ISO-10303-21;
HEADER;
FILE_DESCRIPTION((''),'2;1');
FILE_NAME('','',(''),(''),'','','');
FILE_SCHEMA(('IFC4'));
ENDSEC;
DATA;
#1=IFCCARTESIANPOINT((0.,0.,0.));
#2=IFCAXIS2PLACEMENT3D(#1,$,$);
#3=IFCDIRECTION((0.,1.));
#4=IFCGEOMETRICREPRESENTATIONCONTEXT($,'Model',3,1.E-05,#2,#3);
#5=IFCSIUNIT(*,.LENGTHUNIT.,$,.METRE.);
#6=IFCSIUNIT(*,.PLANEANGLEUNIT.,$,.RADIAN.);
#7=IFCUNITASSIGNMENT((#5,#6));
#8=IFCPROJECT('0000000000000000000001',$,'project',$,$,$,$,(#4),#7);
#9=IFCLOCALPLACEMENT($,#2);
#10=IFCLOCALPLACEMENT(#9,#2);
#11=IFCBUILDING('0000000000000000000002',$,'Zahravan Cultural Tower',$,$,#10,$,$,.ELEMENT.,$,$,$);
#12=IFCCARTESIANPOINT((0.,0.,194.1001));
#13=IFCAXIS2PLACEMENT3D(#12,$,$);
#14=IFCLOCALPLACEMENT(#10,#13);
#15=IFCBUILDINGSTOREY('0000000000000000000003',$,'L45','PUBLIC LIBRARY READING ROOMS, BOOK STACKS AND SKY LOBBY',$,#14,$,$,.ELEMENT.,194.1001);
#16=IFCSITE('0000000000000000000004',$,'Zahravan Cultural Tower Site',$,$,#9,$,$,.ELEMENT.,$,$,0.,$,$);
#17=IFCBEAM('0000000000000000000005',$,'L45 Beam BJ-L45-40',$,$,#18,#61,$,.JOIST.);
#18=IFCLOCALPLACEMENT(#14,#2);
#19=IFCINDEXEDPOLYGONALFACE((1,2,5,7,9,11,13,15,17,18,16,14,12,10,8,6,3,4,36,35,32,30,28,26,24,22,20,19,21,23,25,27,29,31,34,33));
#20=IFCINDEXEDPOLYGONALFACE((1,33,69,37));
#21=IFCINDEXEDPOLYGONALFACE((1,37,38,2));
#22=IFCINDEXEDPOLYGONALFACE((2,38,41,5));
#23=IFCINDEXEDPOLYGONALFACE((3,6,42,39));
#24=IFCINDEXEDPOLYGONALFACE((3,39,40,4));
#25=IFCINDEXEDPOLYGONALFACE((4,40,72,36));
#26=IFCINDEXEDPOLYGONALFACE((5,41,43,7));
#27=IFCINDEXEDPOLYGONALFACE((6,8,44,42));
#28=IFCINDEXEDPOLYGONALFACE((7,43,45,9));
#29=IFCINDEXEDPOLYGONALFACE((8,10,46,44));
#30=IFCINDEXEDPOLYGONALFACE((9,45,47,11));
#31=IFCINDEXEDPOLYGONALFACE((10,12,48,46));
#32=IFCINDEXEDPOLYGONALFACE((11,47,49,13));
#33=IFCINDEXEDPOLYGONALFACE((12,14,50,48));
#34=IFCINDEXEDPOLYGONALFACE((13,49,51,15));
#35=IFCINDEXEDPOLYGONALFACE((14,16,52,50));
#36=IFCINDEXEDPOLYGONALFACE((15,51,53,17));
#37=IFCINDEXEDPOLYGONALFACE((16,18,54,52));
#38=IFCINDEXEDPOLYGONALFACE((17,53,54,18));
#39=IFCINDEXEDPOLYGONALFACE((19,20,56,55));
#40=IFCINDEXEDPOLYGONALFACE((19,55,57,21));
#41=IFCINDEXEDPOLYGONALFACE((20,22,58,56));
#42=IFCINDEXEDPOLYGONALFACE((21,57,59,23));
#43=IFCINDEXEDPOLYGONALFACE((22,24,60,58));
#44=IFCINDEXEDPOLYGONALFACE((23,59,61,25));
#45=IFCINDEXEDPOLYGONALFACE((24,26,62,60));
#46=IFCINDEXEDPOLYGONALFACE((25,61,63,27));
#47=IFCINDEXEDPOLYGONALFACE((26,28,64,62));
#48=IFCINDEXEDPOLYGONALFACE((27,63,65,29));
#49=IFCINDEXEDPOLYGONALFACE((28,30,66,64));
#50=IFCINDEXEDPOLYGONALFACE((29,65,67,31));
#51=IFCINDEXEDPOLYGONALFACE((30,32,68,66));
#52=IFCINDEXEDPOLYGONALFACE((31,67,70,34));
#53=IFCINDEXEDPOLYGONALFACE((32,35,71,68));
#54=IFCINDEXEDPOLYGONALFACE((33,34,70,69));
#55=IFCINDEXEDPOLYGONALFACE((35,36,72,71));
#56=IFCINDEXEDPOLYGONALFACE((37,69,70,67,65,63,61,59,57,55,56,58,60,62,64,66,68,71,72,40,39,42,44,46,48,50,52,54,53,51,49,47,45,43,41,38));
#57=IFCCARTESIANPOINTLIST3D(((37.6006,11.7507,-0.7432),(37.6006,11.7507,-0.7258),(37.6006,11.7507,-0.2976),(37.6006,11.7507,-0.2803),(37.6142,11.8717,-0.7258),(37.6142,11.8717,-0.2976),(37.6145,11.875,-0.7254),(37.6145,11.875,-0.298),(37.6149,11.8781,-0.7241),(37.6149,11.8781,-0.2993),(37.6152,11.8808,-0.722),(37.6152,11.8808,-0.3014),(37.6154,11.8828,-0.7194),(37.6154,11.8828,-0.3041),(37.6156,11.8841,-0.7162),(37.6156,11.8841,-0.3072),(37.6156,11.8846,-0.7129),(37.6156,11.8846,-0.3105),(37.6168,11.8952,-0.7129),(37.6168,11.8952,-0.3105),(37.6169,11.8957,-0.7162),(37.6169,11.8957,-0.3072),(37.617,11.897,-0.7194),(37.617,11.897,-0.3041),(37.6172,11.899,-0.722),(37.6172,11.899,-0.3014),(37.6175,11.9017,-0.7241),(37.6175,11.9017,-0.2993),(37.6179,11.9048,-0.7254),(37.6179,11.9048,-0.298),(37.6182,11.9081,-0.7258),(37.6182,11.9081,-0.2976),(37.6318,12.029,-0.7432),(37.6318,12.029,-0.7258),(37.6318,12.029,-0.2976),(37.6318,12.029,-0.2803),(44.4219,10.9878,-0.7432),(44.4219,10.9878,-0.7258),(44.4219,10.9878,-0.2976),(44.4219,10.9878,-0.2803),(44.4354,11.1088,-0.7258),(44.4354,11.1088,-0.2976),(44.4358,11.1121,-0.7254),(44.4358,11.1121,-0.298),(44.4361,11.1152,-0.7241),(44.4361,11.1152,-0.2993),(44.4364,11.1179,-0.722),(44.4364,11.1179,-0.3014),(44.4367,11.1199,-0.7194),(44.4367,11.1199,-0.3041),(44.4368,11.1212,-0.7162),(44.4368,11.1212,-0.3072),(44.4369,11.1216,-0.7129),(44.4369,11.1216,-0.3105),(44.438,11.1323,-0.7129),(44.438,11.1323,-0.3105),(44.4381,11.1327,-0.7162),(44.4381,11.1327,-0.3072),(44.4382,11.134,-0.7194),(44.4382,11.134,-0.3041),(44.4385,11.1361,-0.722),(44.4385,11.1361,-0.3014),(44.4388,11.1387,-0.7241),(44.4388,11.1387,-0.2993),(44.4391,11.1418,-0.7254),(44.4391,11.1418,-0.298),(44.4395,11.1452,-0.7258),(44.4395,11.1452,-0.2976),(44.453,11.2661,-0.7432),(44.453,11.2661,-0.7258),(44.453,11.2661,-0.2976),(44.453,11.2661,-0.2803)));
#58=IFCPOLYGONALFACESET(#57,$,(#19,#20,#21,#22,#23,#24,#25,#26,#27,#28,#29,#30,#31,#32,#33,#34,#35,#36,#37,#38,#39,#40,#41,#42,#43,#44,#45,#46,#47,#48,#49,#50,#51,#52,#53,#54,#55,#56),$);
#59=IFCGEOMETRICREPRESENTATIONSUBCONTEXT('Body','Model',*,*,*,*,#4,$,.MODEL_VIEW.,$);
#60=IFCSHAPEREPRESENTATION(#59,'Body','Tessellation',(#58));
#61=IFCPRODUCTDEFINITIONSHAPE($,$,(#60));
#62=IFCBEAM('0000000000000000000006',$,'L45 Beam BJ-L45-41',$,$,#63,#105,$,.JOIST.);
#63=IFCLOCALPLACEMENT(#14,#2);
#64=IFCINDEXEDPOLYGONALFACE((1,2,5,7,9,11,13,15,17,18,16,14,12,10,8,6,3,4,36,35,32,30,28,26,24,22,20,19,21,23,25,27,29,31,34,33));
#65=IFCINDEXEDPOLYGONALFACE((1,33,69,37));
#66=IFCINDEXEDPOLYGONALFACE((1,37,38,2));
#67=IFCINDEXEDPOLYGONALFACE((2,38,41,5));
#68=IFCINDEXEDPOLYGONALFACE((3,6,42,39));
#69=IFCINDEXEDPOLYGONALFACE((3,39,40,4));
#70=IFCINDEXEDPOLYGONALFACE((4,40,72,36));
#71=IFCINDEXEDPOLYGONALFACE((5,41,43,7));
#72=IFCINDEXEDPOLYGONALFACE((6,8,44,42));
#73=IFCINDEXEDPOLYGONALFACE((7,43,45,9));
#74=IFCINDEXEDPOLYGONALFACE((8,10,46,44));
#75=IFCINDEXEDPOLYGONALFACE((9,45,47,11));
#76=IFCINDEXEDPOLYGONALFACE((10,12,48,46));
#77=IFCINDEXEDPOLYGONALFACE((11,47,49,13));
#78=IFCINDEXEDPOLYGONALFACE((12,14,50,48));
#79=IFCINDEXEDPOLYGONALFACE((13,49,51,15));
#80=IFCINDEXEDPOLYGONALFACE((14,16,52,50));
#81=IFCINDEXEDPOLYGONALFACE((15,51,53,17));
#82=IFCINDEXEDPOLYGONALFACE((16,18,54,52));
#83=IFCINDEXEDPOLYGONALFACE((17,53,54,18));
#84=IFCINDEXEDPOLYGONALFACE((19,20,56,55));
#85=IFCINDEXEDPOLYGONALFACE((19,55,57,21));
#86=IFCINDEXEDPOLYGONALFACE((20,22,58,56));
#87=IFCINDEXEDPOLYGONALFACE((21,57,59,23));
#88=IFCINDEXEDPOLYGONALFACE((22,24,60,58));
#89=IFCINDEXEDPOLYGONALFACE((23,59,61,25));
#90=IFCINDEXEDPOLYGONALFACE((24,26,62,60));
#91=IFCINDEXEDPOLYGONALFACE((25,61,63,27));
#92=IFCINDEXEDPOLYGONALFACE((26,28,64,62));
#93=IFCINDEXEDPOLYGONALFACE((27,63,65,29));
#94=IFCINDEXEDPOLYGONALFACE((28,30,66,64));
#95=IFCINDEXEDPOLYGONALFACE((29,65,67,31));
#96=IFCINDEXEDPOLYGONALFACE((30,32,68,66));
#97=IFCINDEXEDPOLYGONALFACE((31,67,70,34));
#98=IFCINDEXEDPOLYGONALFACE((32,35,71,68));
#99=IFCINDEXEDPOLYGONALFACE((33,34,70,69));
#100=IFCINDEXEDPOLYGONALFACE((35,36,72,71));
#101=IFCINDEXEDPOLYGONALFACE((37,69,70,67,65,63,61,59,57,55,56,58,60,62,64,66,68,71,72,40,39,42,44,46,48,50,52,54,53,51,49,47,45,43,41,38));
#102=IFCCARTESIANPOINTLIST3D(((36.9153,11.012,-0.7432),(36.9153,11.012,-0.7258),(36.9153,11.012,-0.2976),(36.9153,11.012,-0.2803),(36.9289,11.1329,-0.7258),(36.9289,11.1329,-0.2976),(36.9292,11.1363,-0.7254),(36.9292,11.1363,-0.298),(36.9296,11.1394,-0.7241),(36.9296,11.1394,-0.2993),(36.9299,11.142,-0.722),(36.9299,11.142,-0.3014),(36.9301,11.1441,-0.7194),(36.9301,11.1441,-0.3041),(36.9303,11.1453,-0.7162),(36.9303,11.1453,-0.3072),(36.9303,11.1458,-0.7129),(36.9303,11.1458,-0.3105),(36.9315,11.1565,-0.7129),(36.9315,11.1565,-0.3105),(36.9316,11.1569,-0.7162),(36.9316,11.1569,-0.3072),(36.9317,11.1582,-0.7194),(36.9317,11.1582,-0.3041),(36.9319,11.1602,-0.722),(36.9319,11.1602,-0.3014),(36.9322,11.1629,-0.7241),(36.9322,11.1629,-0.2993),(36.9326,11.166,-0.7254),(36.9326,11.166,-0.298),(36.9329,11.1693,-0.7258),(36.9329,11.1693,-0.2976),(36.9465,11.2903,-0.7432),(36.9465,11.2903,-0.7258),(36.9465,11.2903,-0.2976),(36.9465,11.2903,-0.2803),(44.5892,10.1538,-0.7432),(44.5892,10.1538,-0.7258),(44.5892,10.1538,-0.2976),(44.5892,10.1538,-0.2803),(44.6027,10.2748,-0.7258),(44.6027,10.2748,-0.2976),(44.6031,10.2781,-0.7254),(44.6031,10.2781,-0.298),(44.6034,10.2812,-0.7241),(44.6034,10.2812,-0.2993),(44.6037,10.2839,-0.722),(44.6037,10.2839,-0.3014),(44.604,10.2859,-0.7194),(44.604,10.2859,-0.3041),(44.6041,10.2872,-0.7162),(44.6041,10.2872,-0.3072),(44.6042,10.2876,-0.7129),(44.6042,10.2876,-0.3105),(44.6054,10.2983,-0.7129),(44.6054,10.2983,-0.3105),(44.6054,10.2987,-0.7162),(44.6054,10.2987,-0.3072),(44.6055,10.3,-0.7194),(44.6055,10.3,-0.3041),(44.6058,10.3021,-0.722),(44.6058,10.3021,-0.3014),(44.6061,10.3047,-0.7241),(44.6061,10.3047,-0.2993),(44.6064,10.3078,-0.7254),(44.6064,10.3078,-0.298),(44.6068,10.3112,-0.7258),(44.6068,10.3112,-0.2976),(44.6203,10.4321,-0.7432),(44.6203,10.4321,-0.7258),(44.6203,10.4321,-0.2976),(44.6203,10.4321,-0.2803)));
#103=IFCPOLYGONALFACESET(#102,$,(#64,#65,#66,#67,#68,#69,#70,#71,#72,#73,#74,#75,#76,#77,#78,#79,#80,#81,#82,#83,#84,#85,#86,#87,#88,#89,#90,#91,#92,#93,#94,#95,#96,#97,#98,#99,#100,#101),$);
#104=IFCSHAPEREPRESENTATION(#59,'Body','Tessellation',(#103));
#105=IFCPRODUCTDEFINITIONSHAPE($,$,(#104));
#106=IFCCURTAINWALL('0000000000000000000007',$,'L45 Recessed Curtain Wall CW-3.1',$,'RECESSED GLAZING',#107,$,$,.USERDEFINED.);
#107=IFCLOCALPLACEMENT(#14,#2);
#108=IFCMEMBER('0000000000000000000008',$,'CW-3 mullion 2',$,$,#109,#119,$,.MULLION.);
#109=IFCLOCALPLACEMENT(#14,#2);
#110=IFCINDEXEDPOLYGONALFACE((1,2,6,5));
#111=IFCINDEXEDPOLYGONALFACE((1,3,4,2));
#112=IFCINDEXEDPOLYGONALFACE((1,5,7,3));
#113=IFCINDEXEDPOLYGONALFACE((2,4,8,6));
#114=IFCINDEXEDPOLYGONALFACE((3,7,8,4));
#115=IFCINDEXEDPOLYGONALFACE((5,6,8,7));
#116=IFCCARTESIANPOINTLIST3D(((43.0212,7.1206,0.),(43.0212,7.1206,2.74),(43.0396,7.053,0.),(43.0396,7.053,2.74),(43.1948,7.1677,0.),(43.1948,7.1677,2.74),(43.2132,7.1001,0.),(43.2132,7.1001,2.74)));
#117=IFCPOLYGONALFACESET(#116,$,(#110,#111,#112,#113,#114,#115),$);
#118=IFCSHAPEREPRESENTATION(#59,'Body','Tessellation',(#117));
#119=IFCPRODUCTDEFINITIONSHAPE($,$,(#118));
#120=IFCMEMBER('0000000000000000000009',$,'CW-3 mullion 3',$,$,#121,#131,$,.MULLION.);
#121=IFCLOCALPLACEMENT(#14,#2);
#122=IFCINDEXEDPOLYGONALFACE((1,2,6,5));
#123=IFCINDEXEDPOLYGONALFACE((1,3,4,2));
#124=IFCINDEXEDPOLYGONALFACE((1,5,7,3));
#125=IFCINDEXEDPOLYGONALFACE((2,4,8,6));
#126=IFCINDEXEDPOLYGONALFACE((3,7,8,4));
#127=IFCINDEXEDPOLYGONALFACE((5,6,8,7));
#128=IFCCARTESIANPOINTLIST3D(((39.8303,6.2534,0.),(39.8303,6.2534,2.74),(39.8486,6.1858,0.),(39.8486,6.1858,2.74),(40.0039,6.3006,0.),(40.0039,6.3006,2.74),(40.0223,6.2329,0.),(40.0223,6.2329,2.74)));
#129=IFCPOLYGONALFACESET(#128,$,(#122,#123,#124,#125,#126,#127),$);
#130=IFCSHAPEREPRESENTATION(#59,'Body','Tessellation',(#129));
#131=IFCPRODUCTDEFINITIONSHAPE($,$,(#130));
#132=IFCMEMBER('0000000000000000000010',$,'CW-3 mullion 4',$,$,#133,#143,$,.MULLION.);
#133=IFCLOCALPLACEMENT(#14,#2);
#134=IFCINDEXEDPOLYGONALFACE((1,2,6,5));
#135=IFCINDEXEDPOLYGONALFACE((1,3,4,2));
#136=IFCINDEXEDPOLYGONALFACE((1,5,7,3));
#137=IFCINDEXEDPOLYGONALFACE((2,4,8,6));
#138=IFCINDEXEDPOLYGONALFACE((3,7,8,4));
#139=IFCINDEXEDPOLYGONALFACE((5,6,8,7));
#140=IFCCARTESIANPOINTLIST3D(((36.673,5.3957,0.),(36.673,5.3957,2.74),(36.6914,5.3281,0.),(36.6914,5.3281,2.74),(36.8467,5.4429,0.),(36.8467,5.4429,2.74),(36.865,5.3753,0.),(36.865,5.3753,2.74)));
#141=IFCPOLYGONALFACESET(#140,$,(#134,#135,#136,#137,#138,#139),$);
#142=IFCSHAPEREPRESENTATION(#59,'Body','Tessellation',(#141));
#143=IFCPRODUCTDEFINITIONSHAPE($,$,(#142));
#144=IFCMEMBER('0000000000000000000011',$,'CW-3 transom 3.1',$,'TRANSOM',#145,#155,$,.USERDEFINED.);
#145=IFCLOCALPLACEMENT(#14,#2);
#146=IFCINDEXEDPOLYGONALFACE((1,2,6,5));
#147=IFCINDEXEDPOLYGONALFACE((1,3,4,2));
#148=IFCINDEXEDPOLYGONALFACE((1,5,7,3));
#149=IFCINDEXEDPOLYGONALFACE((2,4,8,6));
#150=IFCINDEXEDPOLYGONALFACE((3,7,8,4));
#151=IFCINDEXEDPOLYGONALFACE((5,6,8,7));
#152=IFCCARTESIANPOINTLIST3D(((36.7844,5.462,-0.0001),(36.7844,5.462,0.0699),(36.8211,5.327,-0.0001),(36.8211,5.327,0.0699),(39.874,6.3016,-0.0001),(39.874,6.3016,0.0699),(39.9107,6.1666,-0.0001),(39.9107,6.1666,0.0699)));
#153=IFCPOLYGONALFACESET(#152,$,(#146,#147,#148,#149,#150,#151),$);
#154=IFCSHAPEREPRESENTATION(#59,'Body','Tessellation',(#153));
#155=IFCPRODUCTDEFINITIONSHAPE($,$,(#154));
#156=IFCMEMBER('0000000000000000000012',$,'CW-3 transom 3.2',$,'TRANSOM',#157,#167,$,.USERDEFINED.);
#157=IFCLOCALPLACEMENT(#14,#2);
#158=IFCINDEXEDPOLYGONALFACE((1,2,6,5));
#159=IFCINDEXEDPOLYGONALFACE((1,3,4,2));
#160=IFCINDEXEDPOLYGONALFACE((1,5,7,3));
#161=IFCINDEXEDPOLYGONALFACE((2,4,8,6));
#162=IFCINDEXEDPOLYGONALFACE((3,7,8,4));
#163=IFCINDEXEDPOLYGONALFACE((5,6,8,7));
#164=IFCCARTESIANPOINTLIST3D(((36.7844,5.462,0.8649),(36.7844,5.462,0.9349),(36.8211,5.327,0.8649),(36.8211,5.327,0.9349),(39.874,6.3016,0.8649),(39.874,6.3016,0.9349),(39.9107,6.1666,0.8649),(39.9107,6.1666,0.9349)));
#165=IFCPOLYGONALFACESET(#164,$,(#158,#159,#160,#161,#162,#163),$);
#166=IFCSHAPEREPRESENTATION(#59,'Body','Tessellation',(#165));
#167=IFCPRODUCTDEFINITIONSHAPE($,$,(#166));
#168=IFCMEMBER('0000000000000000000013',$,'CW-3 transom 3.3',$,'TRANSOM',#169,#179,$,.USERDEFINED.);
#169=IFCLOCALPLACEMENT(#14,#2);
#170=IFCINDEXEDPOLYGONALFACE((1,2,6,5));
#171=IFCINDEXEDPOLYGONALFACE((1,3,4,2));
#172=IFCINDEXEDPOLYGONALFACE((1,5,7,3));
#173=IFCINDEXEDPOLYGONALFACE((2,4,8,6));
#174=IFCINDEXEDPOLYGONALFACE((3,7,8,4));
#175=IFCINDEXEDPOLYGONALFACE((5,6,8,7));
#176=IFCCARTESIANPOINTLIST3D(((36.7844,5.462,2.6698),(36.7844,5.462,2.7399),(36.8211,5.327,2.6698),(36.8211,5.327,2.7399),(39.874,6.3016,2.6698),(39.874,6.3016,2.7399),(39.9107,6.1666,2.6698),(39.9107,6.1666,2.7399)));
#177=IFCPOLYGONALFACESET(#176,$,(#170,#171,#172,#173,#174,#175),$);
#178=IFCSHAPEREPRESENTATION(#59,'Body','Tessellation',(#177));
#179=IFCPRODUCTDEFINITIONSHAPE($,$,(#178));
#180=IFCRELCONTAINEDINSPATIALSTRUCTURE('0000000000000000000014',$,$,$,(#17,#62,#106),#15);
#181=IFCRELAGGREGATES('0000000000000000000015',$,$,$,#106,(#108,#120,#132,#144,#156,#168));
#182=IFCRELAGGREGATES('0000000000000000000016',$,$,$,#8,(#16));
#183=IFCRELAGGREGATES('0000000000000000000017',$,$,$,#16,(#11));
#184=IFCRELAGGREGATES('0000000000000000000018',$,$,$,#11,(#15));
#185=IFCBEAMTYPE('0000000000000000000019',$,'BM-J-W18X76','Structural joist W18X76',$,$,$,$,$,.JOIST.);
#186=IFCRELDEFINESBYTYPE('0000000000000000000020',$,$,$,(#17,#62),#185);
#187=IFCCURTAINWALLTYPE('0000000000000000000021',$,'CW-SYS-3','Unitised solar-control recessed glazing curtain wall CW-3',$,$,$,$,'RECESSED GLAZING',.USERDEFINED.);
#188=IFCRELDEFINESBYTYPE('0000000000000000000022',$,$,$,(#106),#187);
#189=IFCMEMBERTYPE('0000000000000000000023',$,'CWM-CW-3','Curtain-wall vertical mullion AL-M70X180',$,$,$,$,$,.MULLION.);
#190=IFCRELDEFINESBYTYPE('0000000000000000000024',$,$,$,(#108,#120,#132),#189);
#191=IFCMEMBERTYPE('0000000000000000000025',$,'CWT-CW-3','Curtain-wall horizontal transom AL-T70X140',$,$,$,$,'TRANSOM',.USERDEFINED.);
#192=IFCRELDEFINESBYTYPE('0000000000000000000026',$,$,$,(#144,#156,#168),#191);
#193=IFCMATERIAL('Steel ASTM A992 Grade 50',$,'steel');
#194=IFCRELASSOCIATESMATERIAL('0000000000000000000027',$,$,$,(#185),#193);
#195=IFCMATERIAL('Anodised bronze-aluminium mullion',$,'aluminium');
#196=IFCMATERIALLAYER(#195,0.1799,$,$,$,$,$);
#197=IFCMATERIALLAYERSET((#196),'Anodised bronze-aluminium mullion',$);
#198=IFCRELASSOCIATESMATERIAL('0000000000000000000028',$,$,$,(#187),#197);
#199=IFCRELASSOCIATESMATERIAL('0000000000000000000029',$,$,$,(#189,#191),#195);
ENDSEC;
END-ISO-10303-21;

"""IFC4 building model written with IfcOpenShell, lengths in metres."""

from ifc_helpers import new_model, si_unit, direction, frame, origin, origin_2d, place, context, subcontext, project, spatial, rectangle, i_section, extrude, source, transform, mapped, material, layer, layer_set, material_profile, profile_set, type_object, element, aggregate, save


model = new_model("IFC4")

# Units and contexts
model_context = context("Model", 3, precision=1e-05, world=origin(), true_north=direction((0.0, 1.0)))
body_context = subcontext(model_context, "Body", "Model", "MODEL_VIEW")
ifc_project = project(units=[si_unit("LENGTHUNIT", "METRE"), si_unit("PLANEANGLEUNIT", "RADIAN")], contexts=[model_context])

# Site, building, storey
site_placement = place(None, origin())
site = spatial("IfcSite", under=ifc_project, at=site_placement, Name="Zahravan Cultural Tower Site", CompositionType="ELEMENT", RefElevation=0.0)
building_placement = place(site_placement, origin())
building = spatial("IfcBuilding", under=site, at=building_placement, Name="Zahravan Cultural Tower", CompositionType="ELEMENT")
storey_placement = place(building_placement, frame((0.0, 0.0, 194.1001)))
storey = spatial("IfcBuildingStorey", under=building, at=storey_placement, Name="L45", Description="PUBLIC LIBRARY READING ROOMS, BOOK STACKS AND SKY LOBBY", CompositionType="ELEMENT", Elevation=194.1001)

# Shared definitions
ifc_material_1 = material(Name="Steel ASTM A992 Grade 50", Category="steel")

# Beams
ifc_material_profile_1 = material_profile(ifc_material_1, i_section(OverallWidth=0.28, OverallDepth=0.4629, WebThickness=0.0107, FlangeThickness=0.0173, FilletRadius=0.0129, at=origin_2d()), Name="W18X76")
ifc_profile_set_1 = profile_set([ifc_material_profile_1], Name="Steel ASTM A992 Grade 50")
beam_type_1 = type_object("IfcBeamType", Name="BM-J-W18X76", Description="Structural joist W18X76", PredefinedType="JOIST", material=ifc_profile_set_1)
shared_shape_1 = source(origin(), body_context, "Body", "SweptSolid", [
    extrude(i_section(OverallWidth=0.28, OverallDepth=0.4629, WebThickness=0.0107, FlangeThickness=0.0173, FilletRadius=0.0129, at=origin_2d()), origin(), (0.0, 0.0, 1.0), 6.8638),
])
beam_1_placement = place(storey_placement, frame((37.6162, 11.8899, -0.5117), z_axis=(0.993803, -0.111154, 0.0), x_axis=(0.111154, 0.993803, 0.0)))
element("IfcBeam", 1, at=beam_1_placement, inside=storey, type_object=beam_type_1, Name="L45 Beam BJ-L45-40", PredefinedType="JOIST", context=body_context, shape_type="MappedRepresentation", body=[
    mapped(shared_shape_1, transform((0.0, 0.0, 0.0), x_axis=(1.0, 0.0, 0.0), y_axis=(0.0, 1.0, 0.0), z_axis=(0.0, 0.0, 1.0), scale=1.0)),
])
shared_shape_2 = source(origin(), body_context, "Body", "SweptSolid", [
    extrude(i_section(OverallWidth=0.28, OverallDepth=0.4629, WebThickness=0.0107, FlangeThickness=0.0173, FilletRadius=0.0129, at=origin_2d()), origin(), (0.0, 0.0, 1.0), 7.7217),
])
beam_2_placement = place(storey_placement, frame((36.9309, 11.1511, -0.5117), z_axis=(0.993805, -0.111136, 0.0), x_axis=(0.111136, 0.993805, 0.0)))
element("IfcBeam", 2, at=beam_2_placement, inside=storey, type_object=beam_type_1, Name="L45 Beam BJ-L45-41", PredefinedType="JOIST", context=body_context, shape_type="MappedRepresentation", body=[
    mapped(shared_shape_2, transform((0.0, 0.0, 0.0), x_axis=(1.0, 0.0, 0.0), y_axis=(0.0, 1.0, 0.0), z_axis=(0.0, 0.0, 1.0), scale=1.0)),
])

# Curtain wall, members
ifc_material_2 = material(Name="Anodised bronze-aluminium mullion", Category="aluminium")
ifc_layer_1 = layer(ifc_material_2, 0.1799)
ifc_layer_set_1 = layer_set([ifc_layer_1], Name="Anodised bronze-aluminium mullion")
curtain_wall_type = type_object("IfcCurtainWallType", Name="CW-SYS-3", Description="Unitised solar-control recessed glazing curtain wall CW-3", ElementType="RECESSED GLAZING", PredefinedType="USERDEFINED", material=ifc_layer_set_1)
curtain_wall_placement = place(storey_placement, origin())
curtain_wall = element("IfcCurtainWall", 3, at=curtain_wall_placement, inside=storey, type_object=curtain_wall_type, Name="L45 Recessed Curtain Wall CW-3.1", ObjectType="RECESSED GLAZING", PredefinedType="USERDEFINED")
ifc_material_profile_2 = material_profile(ifc_material_2, rectangle(XDim=0.0701, YDim=0.1799, at=origin_2d()), Name="AL-M70X180")
ifc_profile_set_2 = profile_set([ifc_material_profile_2], Name="Anodised bronze-aluminium mullion")
member_type_1 = type_object("IfcMemberType", Name="CWM-CW-3", Description="Curtain-wall vertical mullion AL-M70X180", PredefinedType="MULLION", material=ifc_profile_set_2)
shared_shape_3 = source(origin(), body_context, "Body", "SweptSolid", [
    extrude(rectangle(XDim=0.0701, YDim=0.1799, at=origin_2d()), origin(), (0.0, 0.0, 1.0), 2.74),
])
member_1_placement = place(storey_placement, frame((43.1172, 7.1104, 0.0), z_axis=(0.0, 0.0, 1.0), x_axis=(0.262187, -0.965017, 0.0)))
member_1 = element("IfcMember", 4, at=member_1_placement, type_object=member_type_1, Name="CW-3 mullion 2", PredefinedType="MULLION", context=body_context, shape_type="MappedRepresentation", body=[
    mapped(shared_shape_3, transform((0.0, 0.0, 0.0), x_axis=(1.0, 0.0, 0.0), y_axis=(0.0, 1.0, 0.0), z_axis=(0.0, 0.0, 1.0), scale=1.0)),
])
member_2_placement = place(storey_placement, frame((39.9263, 6.2432, 0.0), z_axis=(0.0, 0.0, 1.0), x_axis=(0.262187, -0.965017, 0.0)))
member_2 = element("IfcMember", 5, at=member_2_placement, type_object=member_type_1, Name="CW-3 mullion 3", PredefinedType="MULLION", context=body_context, shape_type="MappedRepresentation", body=[
    mapped(shared_shape_3, transform((0.0, 0.0, 0.0), x_axis=(1.0, 0.0, 0.0), y_axis=(0.0, 1.0, 0.0), z_axis=(0.0, 0.0, 1.0), scale=1.0)),
])
member_3_placement = place(storey_placement, frame((36.769, 5.3855, 0.0), z_axis=(0.0, 0.0, 1.0), x_axis=(0.262187, -0.965017, 0.0)))
member_3 = element("IfcMember", 6, at=member_3_placement, type_object=member_type_1, Name="CW-3 mullion 4", PredefinedType="MULLION", context=body_context, shape_type="MappedRepresentation", body=[
    mapped(shared_shape_3, transform((0.0, 0.0, 0.0), x_axis=(1.0, 0.0, 0.0), y_axis=(0.0, 1.0, 0.0), z_axis=(0.0, 0.0, 1.0), scale=1.0)),
])
ifc_material_profile_3 = material_profile(ifc_material_2, rectangle(XDim=0.1399, YDim=0.0701, at=origin_2d()), Name="AL-T70X140")
ifc_profile_set_3 = profile_set([ifc_material_profile_3], Name="Anodised bronze-aluminium mullion")
member_type_2 = type_object("IfcMemberType", Name="CWT-CW-3", Description="Curtain-wall horizontal transom AL-T70X140", ElementType="TRANSOM", PredefinedType="USERDEFINED", material=ifc_profile_set_3)
shared_shape_4 = source(origin(), body_context, "Body", "SweptSolid", [
    extrude(rectangle(XDim=0.1399, YDim=0.0701, at=origin_2d()), origin(), (0.0, 0.0, 1.0), 3.2017),
])
member_4_placement = place(storey_placement, frame((39.8923, 6.2341, 0.0349), z_axis=(-0.965003, -0.26224, 0.0), x_axis=(0.26224, -0.965003, 0.0)))
member_4 = element("IfcMember", 7, at=member_4_placement, type_object=member_type_2, Name="CW-3 transom 3.1", ObjectType="TRANSOM", PredefinedType="USERDEFINED", context=body_context, shape_type="MappedRepresentation", body=[
    mapped(shared_shape_4, transform((0.0, 0.0, 0.0), x_axis=(1.0, 0.0, 0.0), y_axis=(0.0, 1.0, 0.0), z_axis=(0.0, 0.0, 1.0), scale=1.0)),
])
member_5_placement = place(storey_placement, frame((39.8923, 6.2341, 0.8999), z_axis=(-0.965003, -0.26224, 0.0), x_axis=(0.26224, -0.965003, 0.0)))
member_5 = element("IfcMember", 8, at=member_5_placement, type_object=member_type_2, Name="CW-3 transom 3.2", ObjectType="TRANSOM", PredefinedType="USERDEFINED", context=body_context, shape_type="MappedRepresentation", body=[
    mapped(shared_shape_4, transform((0.0, 0.0, 0.0), x_axis=(1.0, 0.0, 0.0), y_axis=(0.0, 1.0, 0.0), z_axis=(0.0, 0.0, 1.0), scale=1.0)),
])
member_6_placement = place(storey_placement, frame((39.8923, 6.2341, 2.7048), z_axis=(-0.965003, -0.26224, 0.0), x_axis=(0.26224, -0.965003, 0.0)))
member_6 = element("IfcMember", 9, at=member_6_placement, type_object=member_type_2, Name="CW-3 transom 3.3", ObjectType="TRANSOM", PredefinedType="USERDEFINED", context=body_context, shape_type="MappedRepresentation", body=[
    mapped(shared_shape_4, transform((0.0, 0.0, 0.0), x_axis=(1.0, 0.0, 0.0), y_axis=(0.0, 1.0, 0.0), z_axis=(0.0, 0.0, 1.0), scale=1.0)),
])
aggregate(curtain_wall, [member_1, member_2, member_3, member_4, member_5, member_6])

save(model, "model.ifc")
